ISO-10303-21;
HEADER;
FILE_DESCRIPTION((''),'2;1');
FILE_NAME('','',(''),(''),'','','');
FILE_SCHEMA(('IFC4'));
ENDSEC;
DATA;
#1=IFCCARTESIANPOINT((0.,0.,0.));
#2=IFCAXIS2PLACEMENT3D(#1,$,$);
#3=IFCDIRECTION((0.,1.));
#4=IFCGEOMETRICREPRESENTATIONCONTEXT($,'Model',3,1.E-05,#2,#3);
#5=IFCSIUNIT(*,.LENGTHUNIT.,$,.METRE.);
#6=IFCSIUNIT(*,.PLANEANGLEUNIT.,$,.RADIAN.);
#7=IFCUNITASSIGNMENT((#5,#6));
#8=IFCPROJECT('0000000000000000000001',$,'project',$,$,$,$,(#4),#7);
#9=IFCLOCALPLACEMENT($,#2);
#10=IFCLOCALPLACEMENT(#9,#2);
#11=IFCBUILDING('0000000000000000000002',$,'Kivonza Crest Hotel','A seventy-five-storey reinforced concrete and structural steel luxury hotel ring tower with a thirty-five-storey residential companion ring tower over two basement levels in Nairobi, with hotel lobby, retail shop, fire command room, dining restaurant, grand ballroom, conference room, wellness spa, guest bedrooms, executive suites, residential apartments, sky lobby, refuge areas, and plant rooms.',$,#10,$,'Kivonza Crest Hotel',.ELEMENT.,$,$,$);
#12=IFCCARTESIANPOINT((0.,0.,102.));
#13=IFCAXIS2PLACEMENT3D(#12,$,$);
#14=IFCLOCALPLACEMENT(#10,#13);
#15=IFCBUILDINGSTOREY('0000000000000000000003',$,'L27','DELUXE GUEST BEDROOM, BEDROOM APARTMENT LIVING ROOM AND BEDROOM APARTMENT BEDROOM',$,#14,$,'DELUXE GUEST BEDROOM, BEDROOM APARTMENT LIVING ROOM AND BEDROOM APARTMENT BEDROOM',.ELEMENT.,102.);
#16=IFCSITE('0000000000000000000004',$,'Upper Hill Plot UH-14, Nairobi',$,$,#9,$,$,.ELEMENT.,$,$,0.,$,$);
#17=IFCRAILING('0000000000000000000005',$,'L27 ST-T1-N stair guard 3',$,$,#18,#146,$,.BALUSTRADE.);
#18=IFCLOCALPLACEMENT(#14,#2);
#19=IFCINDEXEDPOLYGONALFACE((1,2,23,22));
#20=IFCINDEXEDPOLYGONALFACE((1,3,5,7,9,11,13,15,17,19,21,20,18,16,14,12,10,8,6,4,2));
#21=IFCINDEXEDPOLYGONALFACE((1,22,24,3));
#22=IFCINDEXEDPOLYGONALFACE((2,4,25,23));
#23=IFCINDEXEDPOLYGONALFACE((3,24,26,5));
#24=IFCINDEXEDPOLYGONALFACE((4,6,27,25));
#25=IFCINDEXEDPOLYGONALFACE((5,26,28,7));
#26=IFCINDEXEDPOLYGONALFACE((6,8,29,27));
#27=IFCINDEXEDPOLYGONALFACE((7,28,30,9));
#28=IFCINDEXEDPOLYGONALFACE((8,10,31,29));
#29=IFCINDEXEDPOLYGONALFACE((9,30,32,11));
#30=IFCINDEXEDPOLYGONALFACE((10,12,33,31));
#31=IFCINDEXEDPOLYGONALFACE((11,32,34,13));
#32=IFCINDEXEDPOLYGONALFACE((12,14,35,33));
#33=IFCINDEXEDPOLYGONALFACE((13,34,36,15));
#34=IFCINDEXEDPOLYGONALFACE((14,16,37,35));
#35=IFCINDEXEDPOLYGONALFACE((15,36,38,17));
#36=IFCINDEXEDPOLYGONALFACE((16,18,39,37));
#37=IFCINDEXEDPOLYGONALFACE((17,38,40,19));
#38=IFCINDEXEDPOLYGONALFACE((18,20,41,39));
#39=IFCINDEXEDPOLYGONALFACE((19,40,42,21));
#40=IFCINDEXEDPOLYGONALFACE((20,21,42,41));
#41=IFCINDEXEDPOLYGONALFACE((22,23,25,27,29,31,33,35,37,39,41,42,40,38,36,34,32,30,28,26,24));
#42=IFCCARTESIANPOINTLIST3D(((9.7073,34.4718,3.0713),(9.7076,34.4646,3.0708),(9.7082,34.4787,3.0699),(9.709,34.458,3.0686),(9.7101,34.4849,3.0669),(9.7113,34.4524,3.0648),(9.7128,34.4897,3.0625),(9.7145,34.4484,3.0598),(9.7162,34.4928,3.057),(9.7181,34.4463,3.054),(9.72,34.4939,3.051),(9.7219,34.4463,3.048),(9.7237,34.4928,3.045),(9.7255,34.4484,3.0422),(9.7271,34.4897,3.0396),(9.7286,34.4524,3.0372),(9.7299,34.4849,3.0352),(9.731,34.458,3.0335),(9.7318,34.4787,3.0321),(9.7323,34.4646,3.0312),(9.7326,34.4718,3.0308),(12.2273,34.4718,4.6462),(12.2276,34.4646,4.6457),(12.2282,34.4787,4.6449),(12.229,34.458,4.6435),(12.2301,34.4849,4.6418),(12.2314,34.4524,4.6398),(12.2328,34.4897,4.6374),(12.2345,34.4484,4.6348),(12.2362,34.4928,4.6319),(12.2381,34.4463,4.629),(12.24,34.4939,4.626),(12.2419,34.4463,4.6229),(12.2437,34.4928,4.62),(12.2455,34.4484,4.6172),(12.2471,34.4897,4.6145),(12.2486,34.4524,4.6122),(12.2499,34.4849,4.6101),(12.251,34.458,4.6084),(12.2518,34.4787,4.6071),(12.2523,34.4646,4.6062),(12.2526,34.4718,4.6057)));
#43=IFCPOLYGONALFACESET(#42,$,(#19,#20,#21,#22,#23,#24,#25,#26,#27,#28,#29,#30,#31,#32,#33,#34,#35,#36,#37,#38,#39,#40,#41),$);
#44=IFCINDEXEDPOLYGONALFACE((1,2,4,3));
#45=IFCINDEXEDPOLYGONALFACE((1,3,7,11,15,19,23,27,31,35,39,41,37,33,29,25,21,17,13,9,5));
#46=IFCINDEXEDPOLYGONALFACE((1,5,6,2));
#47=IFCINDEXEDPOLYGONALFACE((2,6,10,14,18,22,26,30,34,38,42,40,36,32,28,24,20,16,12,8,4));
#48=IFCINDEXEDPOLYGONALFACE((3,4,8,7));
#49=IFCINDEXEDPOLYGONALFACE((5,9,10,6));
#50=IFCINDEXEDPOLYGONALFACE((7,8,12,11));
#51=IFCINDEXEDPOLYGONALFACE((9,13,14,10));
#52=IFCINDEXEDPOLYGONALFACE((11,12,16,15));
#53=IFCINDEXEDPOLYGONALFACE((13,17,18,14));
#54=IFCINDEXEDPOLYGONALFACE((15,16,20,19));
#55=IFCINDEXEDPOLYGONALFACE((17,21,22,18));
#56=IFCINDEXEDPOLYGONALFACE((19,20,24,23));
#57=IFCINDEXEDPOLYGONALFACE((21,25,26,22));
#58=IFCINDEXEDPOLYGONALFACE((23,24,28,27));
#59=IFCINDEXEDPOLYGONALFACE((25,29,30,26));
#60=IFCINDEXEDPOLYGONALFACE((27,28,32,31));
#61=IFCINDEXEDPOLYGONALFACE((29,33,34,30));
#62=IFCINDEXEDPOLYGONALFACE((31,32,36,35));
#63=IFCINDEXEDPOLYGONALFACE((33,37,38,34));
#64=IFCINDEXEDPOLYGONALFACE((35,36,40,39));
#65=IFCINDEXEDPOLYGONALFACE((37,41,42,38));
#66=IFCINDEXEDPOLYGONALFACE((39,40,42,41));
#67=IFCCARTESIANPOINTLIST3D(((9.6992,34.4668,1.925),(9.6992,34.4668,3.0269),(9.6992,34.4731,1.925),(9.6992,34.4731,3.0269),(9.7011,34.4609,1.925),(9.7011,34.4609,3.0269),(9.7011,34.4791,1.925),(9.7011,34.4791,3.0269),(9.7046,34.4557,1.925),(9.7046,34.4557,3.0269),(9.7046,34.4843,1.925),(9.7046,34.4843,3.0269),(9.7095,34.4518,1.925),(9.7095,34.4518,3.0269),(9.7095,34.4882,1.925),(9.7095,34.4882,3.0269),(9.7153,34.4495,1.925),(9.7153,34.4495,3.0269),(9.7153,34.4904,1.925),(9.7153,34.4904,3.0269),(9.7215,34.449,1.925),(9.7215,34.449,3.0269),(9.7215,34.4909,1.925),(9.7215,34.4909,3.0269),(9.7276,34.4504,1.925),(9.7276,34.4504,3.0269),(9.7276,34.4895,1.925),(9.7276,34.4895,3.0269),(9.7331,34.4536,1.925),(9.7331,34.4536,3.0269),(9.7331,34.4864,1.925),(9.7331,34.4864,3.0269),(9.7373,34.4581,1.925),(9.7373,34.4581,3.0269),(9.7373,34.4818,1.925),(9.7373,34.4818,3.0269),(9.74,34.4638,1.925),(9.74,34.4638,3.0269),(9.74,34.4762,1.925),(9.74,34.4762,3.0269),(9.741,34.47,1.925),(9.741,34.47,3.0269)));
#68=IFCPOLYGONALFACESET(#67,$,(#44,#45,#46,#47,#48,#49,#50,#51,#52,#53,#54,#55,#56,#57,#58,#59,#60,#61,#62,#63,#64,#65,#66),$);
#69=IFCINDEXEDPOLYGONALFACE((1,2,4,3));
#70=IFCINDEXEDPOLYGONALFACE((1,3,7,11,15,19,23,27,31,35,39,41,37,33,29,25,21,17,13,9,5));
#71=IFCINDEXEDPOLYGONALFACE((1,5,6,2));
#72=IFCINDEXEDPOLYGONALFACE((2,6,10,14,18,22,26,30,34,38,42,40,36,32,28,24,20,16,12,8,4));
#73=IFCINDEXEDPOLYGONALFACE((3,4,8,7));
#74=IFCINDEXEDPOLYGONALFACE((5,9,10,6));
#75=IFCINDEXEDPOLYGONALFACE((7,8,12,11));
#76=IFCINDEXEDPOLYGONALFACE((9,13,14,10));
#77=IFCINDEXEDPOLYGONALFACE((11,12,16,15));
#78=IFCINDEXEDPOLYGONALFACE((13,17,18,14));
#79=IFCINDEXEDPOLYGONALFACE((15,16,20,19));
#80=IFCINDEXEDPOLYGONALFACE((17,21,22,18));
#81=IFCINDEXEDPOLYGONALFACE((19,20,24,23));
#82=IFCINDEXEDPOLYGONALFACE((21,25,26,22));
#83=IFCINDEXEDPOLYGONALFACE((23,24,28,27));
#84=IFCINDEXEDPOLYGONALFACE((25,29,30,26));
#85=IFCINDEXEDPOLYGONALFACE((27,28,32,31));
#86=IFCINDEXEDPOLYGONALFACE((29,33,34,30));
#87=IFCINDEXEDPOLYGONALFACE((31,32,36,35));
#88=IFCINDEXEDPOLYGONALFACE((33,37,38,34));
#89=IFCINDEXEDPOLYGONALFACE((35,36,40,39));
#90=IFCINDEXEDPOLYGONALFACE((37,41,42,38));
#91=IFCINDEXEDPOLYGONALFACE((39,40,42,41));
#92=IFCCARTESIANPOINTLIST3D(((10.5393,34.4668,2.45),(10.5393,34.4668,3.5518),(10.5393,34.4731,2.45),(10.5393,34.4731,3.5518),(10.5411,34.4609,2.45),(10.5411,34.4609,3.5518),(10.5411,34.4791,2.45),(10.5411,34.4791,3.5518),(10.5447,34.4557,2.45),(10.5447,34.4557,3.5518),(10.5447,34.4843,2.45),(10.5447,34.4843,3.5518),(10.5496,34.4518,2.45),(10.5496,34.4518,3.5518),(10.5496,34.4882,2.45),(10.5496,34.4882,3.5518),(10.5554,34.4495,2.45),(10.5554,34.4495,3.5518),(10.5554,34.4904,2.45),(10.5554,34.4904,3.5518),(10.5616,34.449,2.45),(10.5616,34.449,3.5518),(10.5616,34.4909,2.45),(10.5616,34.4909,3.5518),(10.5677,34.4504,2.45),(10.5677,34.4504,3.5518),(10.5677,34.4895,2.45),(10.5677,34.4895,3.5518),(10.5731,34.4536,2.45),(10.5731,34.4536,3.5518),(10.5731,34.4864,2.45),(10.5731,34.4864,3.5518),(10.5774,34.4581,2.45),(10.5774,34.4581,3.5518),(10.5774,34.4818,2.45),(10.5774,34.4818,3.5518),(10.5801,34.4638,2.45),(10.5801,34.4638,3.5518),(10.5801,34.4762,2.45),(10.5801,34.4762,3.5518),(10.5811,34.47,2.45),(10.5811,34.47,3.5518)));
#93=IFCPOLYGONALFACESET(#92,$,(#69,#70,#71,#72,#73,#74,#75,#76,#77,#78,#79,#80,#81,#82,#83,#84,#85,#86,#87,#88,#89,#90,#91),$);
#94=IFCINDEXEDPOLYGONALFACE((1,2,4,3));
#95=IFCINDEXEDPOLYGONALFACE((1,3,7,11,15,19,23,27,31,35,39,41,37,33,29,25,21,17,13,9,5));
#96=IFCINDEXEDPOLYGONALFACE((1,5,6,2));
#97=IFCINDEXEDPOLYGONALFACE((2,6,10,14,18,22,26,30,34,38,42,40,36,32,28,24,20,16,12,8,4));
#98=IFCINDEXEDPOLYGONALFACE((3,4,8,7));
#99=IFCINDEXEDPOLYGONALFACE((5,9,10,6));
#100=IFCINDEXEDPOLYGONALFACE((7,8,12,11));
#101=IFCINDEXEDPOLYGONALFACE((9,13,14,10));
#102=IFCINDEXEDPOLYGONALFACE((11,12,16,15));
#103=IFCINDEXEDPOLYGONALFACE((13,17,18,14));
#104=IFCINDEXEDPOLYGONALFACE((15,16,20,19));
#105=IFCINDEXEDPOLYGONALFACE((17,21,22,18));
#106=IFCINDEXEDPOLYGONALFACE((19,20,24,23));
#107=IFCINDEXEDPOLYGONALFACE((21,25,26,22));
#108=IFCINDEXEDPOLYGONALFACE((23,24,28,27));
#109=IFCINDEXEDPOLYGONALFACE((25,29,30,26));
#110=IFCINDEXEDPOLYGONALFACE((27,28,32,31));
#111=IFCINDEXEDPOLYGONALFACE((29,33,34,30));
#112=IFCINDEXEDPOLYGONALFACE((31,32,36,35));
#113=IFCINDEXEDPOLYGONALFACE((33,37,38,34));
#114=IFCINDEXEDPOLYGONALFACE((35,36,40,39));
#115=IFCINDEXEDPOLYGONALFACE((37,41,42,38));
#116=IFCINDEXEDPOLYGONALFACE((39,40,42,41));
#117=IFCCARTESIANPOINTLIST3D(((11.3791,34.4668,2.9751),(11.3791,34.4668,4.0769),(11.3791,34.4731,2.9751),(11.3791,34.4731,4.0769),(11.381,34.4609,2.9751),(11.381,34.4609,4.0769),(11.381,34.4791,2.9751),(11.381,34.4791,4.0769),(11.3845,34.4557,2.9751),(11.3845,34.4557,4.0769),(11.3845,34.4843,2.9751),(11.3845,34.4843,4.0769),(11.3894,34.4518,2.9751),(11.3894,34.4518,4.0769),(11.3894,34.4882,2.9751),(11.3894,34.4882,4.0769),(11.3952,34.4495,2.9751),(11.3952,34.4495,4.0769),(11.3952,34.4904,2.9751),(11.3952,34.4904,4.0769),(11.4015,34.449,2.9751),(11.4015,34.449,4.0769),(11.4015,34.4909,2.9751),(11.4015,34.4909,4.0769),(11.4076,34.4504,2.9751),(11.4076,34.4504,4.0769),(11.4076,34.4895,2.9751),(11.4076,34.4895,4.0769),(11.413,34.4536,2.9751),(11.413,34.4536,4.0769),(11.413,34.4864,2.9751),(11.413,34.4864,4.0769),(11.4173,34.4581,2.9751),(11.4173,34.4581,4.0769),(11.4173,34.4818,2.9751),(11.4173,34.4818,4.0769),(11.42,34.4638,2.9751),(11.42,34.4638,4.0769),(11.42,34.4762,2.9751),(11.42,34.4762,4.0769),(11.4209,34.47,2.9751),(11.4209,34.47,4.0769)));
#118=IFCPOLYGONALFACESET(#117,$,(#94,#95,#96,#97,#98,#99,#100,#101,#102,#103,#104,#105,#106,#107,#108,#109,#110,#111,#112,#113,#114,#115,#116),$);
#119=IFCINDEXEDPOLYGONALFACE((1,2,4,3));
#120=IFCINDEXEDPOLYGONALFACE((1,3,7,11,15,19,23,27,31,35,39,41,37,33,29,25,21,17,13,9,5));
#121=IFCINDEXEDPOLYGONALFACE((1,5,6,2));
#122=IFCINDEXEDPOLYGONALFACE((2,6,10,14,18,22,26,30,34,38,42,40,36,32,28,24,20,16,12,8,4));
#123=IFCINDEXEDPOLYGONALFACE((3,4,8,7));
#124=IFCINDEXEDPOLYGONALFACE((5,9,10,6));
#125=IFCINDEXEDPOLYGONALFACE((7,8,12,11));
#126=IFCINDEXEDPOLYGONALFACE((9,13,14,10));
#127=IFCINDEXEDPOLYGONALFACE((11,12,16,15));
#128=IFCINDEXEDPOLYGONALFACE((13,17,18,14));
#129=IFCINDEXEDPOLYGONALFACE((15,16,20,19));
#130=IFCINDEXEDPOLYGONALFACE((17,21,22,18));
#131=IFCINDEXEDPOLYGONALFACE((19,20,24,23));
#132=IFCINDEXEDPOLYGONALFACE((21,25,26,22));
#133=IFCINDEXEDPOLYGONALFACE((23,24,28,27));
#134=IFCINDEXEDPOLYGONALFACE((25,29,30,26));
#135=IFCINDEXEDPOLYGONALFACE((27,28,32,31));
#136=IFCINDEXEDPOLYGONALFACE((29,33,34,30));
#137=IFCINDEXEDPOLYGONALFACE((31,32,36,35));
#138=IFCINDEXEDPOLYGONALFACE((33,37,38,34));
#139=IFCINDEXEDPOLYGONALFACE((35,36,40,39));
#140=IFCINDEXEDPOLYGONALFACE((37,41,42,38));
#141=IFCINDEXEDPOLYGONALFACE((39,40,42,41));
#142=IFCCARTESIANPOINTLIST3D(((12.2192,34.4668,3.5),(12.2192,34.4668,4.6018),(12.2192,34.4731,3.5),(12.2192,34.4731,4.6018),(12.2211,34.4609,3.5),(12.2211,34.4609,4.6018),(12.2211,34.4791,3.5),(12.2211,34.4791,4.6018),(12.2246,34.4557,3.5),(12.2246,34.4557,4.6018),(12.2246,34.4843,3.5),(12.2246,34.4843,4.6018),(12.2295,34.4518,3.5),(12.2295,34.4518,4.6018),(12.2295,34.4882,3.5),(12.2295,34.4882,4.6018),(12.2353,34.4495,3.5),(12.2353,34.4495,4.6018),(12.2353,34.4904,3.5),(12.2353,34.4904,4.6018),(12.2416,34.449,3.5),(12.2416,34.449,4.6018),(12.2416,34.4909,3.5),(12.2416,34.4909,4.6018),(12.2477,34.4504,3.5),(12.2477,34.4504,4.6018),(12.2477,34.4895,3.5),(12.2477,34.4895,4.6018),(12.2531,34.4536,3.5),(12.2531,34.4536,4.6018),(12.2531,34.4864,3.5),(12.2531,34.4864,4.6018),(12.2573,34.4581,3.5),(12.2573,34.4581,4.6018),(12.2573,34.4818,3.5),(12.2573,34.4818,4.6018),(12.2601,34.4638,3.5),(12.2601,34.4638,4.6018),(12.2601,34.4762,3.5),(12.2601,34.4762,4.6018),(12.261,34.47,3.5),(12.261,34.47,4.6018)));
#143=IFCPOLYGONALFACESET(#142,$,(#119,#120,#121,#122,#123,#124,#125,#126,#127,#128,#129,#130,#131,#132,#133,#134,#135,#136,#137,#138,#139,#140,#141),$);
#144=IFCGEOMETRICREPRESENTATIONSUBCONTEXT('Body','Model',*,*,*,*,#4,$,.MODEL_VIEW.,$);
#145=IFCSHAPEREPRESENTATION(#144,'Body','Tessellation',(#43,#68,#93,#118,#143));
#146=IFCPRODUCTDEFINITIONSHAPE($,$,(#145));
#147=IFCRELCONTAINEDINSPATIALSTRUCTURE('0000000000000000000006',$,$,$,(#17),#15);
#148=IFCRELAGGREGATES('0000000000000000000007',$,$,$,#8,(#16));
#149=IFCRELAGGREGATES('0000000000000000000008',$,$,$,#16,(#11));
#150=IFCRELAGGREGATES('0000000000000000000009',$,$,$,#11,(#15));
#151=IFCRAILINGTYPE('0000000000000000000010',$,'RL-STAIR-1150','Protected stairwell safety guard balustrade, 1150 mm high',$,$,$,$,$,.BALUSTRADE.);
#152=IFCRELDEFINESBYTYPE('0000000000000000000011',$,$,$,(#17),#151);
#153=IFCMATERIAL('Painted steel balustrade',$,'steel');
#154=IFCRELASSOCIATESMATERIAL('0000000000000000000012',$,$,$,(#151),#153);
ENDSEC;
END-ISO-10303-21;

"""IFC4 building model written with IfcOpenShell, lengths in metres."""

from ifc_helpers import new_model, si_unit, direction, frame, origin, origin_2d, place, context, subcontext, project, spatial, circle, extrude, material, type_object, element, save


model = new_model("IFC4")

# Units and contexts
model_context = context("Model", 3, precision=1e-05, world=origin(), true_north=direction((0.0, 1.0)))
body_context = subcontext(model_context, "Body", "Model", "MODEL_VIEW")
ifc_project = project(units=[si_unit("LENGTHUNIT", "METRE"), si_unit("PLANEANGLEUNIT", "RADIAN")], contexts=[model_context])

# Site, building, storey
site_placement = place(None, origin())
site = spatial("IfcSite", under=ifc_project, at=site_placement, Name="Upper Hill Plot UH-14, Nairobi", CompositionType="ELEMENT", RefElevation=0.0)
building_placement = place(site_placement, origin())
building = spatial("IfcBuilding", under=site, at=building_placement, Name="Kivonza Crest Hotel", Description="A seventy-five-storey reinforced concrete and structural steel luxury hotel ring tower with a thirty-five-storey residential companion ring tower over two basement levels in Nairobi, with hotel lobby, retail shop, fire command room, dining restaurant, grand ballroom, conference room, wellness spa, guest bedrooms, executive suites, residential apartments, sky lobby, refuge areas, and plant rooms.", LongName="Kivonza Crest Hotel", CompositionType="ELEMENT")
storey_placement = place(building_placement, frame((0.0, 0.0, 102.0)))
storey = spatial("IfcBuildingStorey", under=building, at=storey_placement, Name="L27", Description="DELUXE GUEST BEDROOM, BEDROOM APARTMENT LIVING ROOM AND BEDROOM APARTMENT BEDROOM", LongName="DELUXE GUEST BEDROOM, BEDROOM APARTMENT LIVING ROOM AND BEDROOM APARTMENT BEDROOM", CompositionType="ELEMENT", Elevation=102.0)

# Railing
ifc_material_1 = material(Name="Painted steel balustrade", Category="steel")
railing_type_1 = type_object("IfcRailingType", Name="RL-STAIR-1150", Description="Protected stairwell safety guard balustrade, 1150 mm high", PredefinedType="BALUSTRADE", material=ifc_material_1)
railing_1_placement = place(storey_placement, frame((9.72, 34.47, 1.925)))
element("IfcRailing", 1, at=railing_1_placement, inside=storey, type_object=railing_type_1, Name="L27 ST-T1-N stair guard 3", PredefinedType="BALUSTRADE", context=body_context, shape_type="SweptSolid", body=[
    extrude(circle(Radius=0.0239, at=origin_2d()), frame((0.0, 0.0, 1.126), z_axis=(0.848008, 0.0, 0.529984), x_axis=(0.0, 1.0, 0.0)), (0.0, 0.0, 1.0), 2.9717),
    extrude(circle(Radius=0.021, at=origin_2d()), origin(), (0.0, 0.0, 1.0), 1.1018),
    extrude(circle(Radius=0.021, at=origin_2d()), frame((0.8401, 0.0, 0.5249)), (0.0, 0.0, 1.0), 1.1018),
    extrude(circle(Radius=0.021, at=origin_2d()), frame((1.6799, 0.0, 1.05)), (0.0, 0.0, 1.0), 1.1018),
    extrude(circle(Radius=0.021, at=origin_2d()), frame((2.52, 0.0, 1.575)), (0.0, 0.0, 1.0), 1.1018),
])

save(model, "model.ifc")
